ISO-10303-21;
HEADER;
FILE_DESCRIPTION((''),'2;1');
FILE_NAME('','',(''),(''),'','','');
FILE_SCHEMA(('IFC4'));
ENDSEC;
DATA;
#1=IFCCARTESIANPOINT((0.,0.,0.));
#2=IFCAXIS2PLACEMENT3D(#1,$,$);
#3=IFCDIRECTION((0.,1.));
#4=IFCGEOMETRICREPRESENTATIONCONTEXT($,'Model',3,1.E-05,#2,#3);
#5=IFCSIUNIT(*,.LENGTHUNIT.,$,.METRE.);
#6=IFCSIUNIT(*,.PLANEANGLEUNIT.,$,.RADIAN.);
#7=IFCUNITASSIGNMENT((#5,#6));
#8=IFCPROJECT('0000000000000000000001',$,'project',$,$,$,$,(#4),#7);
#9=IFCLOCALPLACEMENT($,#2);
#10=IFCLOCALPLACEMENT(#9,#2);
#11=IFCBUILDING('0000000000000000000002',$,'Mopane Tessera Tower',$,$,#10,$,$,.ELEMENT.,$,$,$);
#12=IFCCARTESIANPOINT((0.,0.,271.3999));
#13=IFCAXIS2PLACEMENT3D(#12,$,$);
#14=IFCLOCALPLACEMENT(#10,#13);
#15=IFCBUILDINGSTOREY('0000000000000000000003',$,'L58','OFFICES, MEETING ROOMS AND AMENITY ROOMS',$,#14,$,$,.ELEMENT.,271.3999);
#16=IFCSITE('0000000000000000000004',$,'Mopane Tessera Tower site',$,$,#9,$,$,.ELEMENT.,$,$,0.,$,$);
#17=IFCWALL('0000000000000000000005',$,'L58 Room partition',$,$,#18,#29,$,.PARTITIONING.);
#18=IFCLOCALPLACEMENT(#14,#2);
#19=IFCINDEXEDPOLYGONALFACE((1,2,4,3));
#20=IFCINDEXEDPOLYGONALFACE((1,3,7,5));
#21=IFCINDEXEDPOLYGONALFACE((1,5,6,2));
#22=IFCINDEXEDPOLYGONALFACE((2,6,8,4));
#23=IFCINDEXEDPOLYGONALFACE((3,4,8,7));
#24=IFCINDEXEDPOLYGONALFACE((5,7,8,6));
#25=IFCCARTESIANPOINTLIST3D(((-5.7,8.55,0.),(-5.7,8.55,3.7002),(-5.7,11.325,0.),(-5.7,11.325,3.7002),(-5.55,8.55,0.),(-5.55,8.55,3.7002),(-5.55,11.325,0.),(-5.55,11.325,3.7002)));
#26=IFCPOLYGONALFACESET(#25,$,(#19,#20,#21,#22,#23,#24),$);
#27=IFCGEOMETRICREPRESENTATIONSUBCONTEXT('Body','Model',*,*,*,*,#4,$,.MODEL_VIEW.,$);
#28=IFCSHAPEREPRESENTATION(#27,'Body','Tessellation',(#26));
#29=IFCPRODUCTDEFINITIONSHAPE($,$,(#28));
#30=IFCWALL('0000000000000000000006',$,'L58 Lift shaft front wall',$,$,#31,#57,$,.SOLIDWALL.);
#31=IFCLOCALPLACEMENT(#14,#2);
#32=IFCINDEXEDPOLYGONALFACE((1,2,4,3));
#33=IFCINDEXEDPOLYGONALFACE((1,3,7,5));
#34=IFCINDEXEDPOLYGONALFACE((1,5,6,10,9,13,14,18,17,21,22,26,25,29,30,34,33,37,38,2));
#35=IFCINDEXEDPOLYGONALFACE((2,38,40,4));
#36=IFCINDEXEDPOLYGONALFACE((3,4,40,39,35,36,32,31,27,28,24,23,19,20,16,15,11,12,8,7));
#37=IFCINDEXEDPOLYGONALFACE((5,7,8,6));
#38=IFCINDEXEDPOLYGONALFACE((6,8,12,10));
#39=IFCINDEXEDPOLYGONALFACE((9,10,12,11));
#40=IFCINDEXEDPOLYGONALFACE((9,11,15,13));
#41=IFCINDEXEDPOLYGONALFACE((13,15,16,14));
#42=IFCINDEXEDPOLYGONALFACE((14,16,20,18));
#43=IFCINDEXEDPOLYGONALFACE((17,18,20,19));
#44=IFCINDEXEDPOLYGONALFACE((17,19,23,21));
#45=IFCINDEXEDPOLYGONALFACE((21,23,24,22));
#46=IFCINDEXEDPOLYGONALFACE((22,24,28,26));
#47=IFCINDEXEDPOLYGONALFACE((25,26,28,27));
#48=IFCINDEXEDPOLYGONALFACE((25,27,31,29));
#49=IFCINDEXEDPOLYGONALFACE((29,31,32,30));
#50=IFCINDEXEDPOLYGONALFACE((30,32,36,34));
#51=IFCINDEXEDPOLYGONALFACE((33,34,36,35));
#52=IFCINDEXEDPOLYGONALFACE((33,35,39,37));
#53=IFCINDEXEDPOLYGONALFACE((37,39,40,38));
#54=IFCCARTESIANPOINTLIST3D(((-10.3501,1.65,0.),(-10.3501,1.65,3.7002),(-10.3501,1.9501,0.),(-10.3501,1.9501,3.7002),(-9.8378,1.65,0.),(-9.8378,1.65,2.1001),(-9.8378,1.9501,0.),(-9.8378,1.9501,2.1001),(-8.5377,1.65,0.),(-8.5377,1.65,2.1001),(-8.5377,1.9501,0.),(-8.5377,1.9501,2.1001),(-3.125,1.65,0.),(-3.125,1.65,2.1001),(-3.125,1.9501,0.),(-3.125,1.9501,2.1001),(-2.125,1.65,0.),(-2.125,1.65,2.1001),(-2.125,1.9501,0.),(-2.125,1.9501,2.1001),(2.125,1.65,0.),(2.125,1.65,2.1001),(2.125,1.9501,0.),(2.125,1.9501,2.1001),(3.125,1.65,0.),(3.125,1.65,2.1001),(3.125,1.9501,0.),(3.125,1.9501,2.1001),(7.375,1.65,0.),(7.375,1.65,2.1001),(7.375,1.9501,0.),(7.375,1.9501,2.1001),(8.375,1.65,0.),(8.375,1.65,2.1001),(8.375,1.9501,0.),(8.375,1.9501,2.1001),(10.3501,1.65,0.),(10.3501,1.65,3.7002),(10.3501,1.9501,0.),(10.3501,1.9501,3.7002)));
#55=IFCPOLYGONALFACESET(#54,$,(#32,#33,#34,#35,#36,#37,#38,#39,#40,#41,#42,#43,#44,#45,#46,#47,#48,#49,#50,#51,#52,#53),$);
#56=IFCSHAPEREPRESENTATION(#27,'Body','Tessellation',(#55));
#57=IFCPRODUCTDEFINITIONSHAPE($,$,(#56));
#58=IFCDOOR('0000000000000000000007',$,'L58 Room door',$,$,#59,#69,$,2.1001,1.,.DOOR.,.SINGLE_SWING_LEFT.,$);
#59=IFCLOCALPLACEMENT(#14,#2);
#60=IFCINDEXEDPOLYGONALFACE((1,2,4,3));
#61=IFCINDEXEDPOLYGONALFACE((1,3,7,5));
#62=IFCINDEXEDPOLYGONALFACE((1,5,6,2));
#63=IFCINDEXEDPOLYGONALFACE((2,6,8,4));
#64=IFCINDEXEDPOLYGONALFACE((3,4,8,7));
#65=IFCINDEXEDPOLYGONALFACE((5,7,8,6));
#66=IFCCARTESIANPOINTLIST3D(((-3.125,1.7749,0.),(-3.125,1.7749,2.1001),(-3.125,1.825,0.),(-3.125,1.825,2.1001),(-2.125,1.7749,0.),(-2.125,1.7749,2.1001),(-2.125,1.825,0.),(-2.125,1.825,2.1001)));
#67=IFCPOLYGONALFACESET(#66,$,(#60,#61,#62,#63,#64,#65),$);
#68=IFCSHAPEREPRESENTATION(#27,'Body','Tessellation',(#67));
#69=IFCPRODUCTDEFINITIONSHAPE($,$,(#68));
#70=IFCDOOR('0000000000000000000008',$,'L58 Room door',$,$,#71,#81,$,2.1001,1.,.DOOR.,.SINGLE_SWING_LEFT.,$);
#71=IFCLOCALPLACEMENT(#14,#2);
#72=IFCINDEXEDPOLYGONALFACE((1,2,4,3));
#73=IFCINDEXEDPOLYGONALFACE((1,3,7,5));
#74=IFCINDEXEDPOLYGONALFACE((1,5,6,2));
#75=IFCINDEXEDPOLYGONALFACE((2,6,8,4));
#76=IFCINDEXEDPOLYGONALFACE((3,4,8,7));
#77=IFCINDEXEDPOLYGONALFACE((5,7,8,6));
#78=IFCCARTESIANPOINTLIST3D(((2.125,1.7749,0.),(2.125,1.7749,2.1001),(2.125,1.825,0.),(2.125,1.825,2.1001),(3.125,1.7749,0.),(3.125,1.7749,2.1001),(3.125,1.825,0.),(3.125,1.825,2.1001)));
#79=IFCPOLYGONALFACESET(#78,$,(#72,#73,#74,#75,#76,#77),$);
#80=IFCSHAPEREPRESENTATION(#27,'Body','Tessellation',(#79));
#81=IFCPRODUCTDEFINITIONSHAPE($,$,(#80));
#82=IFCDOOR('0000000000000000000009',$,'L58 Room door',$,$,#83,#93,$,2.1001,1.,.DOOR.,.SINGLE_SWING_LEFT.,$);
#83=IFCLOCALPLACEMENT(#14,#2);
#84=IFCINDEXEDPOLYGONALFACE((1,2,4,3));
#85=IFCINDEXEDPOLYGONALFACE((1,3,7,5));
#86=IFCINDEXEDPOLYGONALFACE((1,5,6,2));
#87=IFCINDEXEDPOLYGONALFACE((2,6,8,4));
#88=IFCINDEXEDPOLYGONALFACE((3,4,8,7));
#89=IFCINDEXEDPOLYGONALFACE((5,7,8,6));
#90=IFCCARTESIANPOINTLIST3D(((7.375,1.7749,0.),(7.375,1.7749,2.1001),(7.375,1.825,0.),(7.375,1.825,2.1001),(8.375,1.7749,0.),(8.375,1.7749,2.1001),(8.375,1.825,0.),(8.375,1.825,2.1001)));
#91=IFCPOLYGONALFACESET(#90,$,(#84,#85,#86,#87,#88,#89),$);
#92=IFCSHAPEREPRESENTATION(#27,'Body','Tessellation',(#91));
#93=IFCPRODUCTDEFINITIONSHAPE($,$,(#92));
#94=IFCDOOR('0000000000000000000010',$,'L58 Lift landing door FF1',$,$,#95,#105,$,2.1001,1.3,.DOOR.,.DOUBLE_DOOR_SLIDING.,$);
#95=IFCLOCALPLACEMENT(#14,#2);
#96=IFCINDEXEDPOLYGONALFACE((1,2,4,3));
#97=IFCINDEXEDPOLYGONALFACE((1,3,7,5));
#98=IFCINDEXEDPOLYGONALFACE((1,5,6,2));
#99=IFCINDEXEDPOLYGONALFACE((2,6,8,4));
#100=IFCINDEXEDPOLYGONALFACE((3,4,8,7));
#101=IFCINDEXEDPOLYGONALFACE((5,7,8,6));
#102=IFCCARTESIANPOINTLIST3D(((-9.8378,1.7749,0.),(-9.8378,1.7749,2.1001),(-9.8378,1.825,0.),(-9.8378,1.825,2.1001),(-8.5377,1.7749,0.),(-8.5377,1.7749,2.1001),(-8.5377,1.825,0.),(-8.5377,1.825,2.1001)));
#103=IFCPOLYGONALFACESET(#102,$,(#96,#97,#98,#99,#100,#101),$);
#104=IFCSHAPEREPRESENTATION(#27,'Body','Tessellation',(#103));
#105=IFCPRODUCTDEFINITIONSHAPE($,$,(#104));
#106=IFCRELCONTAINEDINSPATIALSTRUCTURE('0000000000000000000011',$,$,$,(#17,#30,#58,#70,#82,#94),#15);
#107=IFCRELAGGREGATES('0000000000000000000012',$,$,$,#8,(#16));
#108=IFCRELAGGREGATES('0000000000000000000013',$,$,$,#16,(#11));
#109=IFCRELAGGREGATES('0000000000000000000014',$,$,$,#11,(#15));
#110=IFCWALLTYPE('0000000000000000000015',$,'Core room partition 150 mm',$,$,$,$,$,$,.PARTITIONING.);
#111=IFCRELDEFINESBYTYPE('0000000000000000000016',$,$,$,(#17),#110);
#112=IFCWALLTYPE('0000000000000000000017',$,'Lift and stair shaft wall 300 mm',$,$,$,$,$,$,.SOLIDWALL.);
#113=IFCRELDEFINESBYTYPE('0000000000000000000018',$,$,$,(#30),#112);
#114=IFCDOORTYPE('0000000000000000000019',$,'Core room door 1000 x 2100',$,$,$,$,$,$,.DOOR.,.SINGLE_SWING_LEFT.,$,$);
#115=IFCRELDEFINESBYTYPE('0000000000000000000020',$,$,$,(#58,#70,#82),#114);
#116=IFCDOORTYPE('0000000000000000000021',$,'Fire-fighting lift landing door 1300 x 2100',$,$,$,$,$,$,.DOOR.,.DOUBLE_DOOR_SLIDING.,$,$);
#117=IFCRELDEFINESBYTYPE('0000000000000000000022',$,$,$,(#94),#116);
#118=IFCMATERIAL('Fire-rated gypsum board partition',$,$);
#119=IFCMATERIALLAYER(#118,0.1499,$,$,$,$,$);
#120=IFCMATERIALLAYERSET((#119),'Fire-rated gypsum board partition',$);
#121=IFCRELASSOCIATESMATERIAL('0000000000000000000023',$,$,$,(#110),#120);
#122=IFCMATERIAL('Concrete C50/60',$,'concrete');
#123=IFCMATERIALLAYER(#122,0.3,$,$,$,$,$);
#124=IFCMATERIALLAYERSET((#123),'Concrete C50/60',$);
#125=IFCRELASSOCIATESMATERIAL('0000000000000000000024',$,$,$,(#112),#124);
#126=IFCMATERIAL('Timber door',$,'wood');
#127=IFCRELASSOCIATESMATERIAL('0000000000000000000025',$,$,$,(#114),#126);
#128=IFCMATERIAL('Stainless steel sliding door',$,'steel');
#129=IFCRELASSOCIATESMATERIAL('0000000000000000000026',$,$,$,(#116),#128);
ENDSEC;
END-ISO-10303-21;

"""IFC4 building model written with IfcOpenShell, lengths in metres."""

from ifc_helpers import new_model, si_unit, direction, frame, frame_2d, origin, place, context, subcontext, project, spatial, rectangle, extrude, material, layer, layer_set, type_object, element, fill, save


model = new_model("IFC4")

# Units and contexts
model_context = context("Model", 3, precision=1e-05, world=origin(), true_north=direction((0.0, 1.0)))
body_context = subcontext(model_context, "Body", "Model", "MODEL_VIEW")
ifc_project = project(units=[si_unit("LENGTHUNIT", "METRE"), si_unit("PLANEANGLEUNIT", "RADIAN")], contexts=[model_context])

# Site, building, storey
site_placement = place(None, origin())
site = spatial("IfcSite", under=ifc_project, at=site_placement, Name="Mopane Tessera Tower site", CompositionType="ELEMENT", RefElevation=0.0)
building_placement = place(site_placement, origin())
building = spatial("IfcBuilding", under=site, at=building_placement, Name="Mopane Tessera Tower", CompositionType="ELEMENT")
storey_placement = place(building_placement, frame((0.0, 0.0, 271.3999)))
storey = spatial("IfcBuildingStorey", under=building, at=storey_placement, Name="L58", Description="OFFICES, MEETING ROOMS AND AMENITY ROOMS", CompositionType="ELEMENT", Elevation=271.3999)

# Wall
ifc_material_1 = material(Name="Fire-rated gypsum board partition")
ifc_layer_1 = layer(ifc_material_1, 0.1499)
ifc_layer_set_1 = layer_set([ifc_layer_1], Name="Fire-rated gypsum board partition")
wall_type_1 = type_object("IfcWallType", Name="Core room partition 150 mm", PredefinedType="PARTITIONING", material=ifc_layer_set_1)
wall_1_placement = place(storey_placement, frame((-5.625, 8.55, 0.0), z_axis=(0.0, 0.0, 1.0), x_axis=(0.0, 1.0, 0.0)))
element("IfcWall", 1, at=wall_1_placement, inside=storey, type_object=wall_type_1, Name="L58 Room partition", PredefinedType="PARTITIONING", context=body_context, shape_type="SweptSolid", body=[
    extrude(rectangle(XDim=2.7749, YDim=0.1499, at=frame_2d((1.3875, 0.0))), origin(), (0.0, 0.0, 1.0), 3.7002),
])

# Wall, openings, doors
ifc_material_2 = material(Name="Concrete C50/60", Category="concrete")
ifc_layer_2 = layer(ifc_material_2, 0.3)
ifc_layer_set_2 = layer_set([ifc_layer_2], Name="Concrete C50/60")
wall_type_2 = type_object("IfcWallType", Name="Lift and stair shaft wall 300 mm", PredefinedType="SOLIDWALL", material=ifc_layer_set_2)
wall_2_placement = place(storey_placement, frame((-10.3501, 1.8, 0.0), z_axis=(0.0, 0.0, 1.0), x_axis=(1.0, 0.0, 0.0)))
wall_2 = element("IfcWall", 2, at=wall_2_placement, inside=storey, type_object=wall_type_2, Name="L58 Lift shaft front wall", PredefinedType="SOLIDWALL", context=body_context, shape_type="SweptSolid", body=[
    extrude(rectangle(XDim=20.7002, YDim=0.3, at=frame_2d((10.3501, 0.0))), origin(), (0.0, 0.0, 1.0), 3.7002),
])
opening_1_placement = place(wall_2_placement, frame((0.5125, 0.0, 0.0)))
opening_1 = element("IfcOpeningElement", 3, at=opening_1_placement, cuts=wall_2, PredefinedType="OPENING", context=body_context, shape_type="SweptSolid", body=[
    extrude(rectangle(XDim=1.3, YDim=2.1001, at=frame_2d((0.6499, 1.05))), frame((0.0, 0.1621, 0.0), z_axis=(0.0, -1.0, 0.0), x_axis=(1.0, 0.0, 0.0)), (0.0, 0.0, 1.0), 0.324),
])
opening_2_placement = place(wall_2_placement, frame((7.2251, 0.0, 0.0)))
opening_2 = element("IfcOpeningElement", 4, at=opening_2_placement, cuts=wall_2, PredefinedType="OPENING", context=body_context, shape_type="SweptSolid", body=[
    extrude(rectangle(XDim=1.0, YDim=2.1001, at=frame_2d((0.5, 1.05))), frame((0.0, 0.1621, 0.0), z_axis=(0.0, -1.0, 0.0), x_axis=(1.0, 0.0, 0.0)), (0.0, 0.0, 1.0), 0.324),
])
opening_3_placement = place(wall_2_placement, frame((12.4751, 0.0, 0.0)))
opening_3 = element("IfcOpeningElement", 5, at=opening_3_placement, cuts=wall_2, PredefinedType="OPENING", context=body_context, shape_type="SweptSolid", body=[
    extrude(rectangle(XDim=1.0, YDim=2.1001, at=frame_2d((0.5, 1.05))), frame((0.0, 0.1621, 0.0), z_axis=(0.0, -1.0, 0.0), x_axis=(1.0, 0.0, 0.0)), (0.0, 0.0, 1.0), 0.324),
])
opening_4_placement = place(wall_2_placement, frame((17.7251, 0.0, 0.0)))
opening_4 = element("IfcOpeningElement", 6, at=opening_4_placement, cuts=wall_2, PredefinedType="OPENING", context=body_context, shape_type="SweptSolid", body=[
    extrude(rectangle(XDim=1.0, YDim=2.1001, at=frame_2d((0.5, 1.05))), frame((0.0, 0.1621, 0.0), z_axis=(0.0, -1.0, 0.0), x_axis=(1.0, 0.0, 0.0)), (0.0, 0.0, 1.0), 0.324),
])
ifc_material_3 = material(Name="Timber door", Category="wood")
door_type_1 = type_object("IfcDoorType", Name="Core room door 1000 x 2100", OperationType="SINGLE_SWING_LEFT", PredefinedType="DOOR", material=ifc_material_3)
door_1_placement = place(opening_2_placement, origin())
door_1 = element("IfcDoor", 7, at=door_1_placement, inside=storey, type_object=door_type_1, Name="L58 Room door", OperationType="SINGLE_SWING_LEFT", OverallHeight=2.1001, OverallWidth=1.0, PredefinedType="DOOR", context=body_context, shape_type="SweptSolid", body=[
    extrude(rectangle(XDim=1.0, YDim=2.1001, at=frame_2d((0.5, 1.05))), frame((0.0, 0.0249, 0.0), z_axis=(0.0, -1.0, 0.0), x_axis=(1.0, 0.0, 0.0)), (0.0, 0.0, 1.0), 0.05),
])
fill(opening_2, door_1)
door_2_placement = place(opening_3_placement, origin())
door_2 = element("IfcDoor", 8, at=door_2_placement, inside=storey, type_object=door_type_1, Name="L58 Room door", OperationType="SINGLE_SWING_LEFT", OverallHeight=2.1001, OverallWidth=1.0, PredefinedType="DOOR", context=body_context, shape_type="SweptSolid", body=[
    extrude(rectangle(XDim=1.0, YDim=2.1001, at=frame_2d((0.5, 1.05))), frame((0.0, 0.0249, 0.0), z_axis=(0.0, -1.0, 0.0), x_axis=(1.0, 0.0, 0.0)), (0.0, 0.0, 1.0), 0.05),
])
fill(opening_3, door_2)
door_3_placement = place(opening_4_placement, origin())
door_3 = element("IfcDoor", 9, at=door_3_placement, inside=storey, type_object=door_type_1, Name="L58 Room door", OperationType="SINGLE_SWING_LEFT", OverallHeight=2.1001, OverallWidth=1.0, PredefinedType="DOOR", context=body_context, shape_type="SweptSolid", body=[
    extrude(rectangle(XDim=1.0, YDim=2.1001, at=frame_2d((0.5, 1.05))), frame((0.0, 0.0249, 0.0), z_axis=(0.0, -1.0, 0.0), x_axis=(1.0, 0.0, 0.0)), (0.0, 0.0, 1.0), 0.05),
])
fill(opening_4, door_3)
ifc_material_4 = material(Name="Stainless steel sliding door", Category="steel")
door_type_2 = type_object("IfcDoorType", Name="Fire-fighting lift landing door 1300 x 2100", OperationType="DOUBLE_DOOR_SLIDING", PredefinedType="DOOR", material=ifc_material_4)
door_4_placement = place(opening_1_placement, origin())
door_4 = element("IfcDoor", 10, at=door_4_placement, inside=storey, type_object=door_type_2, Name="L58 Lift landing door FF1", OperationType="DOUBLE_DOOR_SLIDING", OverallHeight=2.1001, OverallWidth=1.3, PredefinedType="DOOR", context=body_context, shape_type="SweptSolid", body=[
    extrude(rectangle(XDim=1.3, YDim=2.1001, at=frame_2d((0.6499, 1.05))), frame((0.0, 0.0249, 0.0), z_axis=(0.0, -1.0, 0.0), x_axis=(1.0, 0.0, 0.0)), (0.0, 0.0, 1.0), 0.05),
])
fill(opening_1, door_4)

save(model, "model.ifc")
